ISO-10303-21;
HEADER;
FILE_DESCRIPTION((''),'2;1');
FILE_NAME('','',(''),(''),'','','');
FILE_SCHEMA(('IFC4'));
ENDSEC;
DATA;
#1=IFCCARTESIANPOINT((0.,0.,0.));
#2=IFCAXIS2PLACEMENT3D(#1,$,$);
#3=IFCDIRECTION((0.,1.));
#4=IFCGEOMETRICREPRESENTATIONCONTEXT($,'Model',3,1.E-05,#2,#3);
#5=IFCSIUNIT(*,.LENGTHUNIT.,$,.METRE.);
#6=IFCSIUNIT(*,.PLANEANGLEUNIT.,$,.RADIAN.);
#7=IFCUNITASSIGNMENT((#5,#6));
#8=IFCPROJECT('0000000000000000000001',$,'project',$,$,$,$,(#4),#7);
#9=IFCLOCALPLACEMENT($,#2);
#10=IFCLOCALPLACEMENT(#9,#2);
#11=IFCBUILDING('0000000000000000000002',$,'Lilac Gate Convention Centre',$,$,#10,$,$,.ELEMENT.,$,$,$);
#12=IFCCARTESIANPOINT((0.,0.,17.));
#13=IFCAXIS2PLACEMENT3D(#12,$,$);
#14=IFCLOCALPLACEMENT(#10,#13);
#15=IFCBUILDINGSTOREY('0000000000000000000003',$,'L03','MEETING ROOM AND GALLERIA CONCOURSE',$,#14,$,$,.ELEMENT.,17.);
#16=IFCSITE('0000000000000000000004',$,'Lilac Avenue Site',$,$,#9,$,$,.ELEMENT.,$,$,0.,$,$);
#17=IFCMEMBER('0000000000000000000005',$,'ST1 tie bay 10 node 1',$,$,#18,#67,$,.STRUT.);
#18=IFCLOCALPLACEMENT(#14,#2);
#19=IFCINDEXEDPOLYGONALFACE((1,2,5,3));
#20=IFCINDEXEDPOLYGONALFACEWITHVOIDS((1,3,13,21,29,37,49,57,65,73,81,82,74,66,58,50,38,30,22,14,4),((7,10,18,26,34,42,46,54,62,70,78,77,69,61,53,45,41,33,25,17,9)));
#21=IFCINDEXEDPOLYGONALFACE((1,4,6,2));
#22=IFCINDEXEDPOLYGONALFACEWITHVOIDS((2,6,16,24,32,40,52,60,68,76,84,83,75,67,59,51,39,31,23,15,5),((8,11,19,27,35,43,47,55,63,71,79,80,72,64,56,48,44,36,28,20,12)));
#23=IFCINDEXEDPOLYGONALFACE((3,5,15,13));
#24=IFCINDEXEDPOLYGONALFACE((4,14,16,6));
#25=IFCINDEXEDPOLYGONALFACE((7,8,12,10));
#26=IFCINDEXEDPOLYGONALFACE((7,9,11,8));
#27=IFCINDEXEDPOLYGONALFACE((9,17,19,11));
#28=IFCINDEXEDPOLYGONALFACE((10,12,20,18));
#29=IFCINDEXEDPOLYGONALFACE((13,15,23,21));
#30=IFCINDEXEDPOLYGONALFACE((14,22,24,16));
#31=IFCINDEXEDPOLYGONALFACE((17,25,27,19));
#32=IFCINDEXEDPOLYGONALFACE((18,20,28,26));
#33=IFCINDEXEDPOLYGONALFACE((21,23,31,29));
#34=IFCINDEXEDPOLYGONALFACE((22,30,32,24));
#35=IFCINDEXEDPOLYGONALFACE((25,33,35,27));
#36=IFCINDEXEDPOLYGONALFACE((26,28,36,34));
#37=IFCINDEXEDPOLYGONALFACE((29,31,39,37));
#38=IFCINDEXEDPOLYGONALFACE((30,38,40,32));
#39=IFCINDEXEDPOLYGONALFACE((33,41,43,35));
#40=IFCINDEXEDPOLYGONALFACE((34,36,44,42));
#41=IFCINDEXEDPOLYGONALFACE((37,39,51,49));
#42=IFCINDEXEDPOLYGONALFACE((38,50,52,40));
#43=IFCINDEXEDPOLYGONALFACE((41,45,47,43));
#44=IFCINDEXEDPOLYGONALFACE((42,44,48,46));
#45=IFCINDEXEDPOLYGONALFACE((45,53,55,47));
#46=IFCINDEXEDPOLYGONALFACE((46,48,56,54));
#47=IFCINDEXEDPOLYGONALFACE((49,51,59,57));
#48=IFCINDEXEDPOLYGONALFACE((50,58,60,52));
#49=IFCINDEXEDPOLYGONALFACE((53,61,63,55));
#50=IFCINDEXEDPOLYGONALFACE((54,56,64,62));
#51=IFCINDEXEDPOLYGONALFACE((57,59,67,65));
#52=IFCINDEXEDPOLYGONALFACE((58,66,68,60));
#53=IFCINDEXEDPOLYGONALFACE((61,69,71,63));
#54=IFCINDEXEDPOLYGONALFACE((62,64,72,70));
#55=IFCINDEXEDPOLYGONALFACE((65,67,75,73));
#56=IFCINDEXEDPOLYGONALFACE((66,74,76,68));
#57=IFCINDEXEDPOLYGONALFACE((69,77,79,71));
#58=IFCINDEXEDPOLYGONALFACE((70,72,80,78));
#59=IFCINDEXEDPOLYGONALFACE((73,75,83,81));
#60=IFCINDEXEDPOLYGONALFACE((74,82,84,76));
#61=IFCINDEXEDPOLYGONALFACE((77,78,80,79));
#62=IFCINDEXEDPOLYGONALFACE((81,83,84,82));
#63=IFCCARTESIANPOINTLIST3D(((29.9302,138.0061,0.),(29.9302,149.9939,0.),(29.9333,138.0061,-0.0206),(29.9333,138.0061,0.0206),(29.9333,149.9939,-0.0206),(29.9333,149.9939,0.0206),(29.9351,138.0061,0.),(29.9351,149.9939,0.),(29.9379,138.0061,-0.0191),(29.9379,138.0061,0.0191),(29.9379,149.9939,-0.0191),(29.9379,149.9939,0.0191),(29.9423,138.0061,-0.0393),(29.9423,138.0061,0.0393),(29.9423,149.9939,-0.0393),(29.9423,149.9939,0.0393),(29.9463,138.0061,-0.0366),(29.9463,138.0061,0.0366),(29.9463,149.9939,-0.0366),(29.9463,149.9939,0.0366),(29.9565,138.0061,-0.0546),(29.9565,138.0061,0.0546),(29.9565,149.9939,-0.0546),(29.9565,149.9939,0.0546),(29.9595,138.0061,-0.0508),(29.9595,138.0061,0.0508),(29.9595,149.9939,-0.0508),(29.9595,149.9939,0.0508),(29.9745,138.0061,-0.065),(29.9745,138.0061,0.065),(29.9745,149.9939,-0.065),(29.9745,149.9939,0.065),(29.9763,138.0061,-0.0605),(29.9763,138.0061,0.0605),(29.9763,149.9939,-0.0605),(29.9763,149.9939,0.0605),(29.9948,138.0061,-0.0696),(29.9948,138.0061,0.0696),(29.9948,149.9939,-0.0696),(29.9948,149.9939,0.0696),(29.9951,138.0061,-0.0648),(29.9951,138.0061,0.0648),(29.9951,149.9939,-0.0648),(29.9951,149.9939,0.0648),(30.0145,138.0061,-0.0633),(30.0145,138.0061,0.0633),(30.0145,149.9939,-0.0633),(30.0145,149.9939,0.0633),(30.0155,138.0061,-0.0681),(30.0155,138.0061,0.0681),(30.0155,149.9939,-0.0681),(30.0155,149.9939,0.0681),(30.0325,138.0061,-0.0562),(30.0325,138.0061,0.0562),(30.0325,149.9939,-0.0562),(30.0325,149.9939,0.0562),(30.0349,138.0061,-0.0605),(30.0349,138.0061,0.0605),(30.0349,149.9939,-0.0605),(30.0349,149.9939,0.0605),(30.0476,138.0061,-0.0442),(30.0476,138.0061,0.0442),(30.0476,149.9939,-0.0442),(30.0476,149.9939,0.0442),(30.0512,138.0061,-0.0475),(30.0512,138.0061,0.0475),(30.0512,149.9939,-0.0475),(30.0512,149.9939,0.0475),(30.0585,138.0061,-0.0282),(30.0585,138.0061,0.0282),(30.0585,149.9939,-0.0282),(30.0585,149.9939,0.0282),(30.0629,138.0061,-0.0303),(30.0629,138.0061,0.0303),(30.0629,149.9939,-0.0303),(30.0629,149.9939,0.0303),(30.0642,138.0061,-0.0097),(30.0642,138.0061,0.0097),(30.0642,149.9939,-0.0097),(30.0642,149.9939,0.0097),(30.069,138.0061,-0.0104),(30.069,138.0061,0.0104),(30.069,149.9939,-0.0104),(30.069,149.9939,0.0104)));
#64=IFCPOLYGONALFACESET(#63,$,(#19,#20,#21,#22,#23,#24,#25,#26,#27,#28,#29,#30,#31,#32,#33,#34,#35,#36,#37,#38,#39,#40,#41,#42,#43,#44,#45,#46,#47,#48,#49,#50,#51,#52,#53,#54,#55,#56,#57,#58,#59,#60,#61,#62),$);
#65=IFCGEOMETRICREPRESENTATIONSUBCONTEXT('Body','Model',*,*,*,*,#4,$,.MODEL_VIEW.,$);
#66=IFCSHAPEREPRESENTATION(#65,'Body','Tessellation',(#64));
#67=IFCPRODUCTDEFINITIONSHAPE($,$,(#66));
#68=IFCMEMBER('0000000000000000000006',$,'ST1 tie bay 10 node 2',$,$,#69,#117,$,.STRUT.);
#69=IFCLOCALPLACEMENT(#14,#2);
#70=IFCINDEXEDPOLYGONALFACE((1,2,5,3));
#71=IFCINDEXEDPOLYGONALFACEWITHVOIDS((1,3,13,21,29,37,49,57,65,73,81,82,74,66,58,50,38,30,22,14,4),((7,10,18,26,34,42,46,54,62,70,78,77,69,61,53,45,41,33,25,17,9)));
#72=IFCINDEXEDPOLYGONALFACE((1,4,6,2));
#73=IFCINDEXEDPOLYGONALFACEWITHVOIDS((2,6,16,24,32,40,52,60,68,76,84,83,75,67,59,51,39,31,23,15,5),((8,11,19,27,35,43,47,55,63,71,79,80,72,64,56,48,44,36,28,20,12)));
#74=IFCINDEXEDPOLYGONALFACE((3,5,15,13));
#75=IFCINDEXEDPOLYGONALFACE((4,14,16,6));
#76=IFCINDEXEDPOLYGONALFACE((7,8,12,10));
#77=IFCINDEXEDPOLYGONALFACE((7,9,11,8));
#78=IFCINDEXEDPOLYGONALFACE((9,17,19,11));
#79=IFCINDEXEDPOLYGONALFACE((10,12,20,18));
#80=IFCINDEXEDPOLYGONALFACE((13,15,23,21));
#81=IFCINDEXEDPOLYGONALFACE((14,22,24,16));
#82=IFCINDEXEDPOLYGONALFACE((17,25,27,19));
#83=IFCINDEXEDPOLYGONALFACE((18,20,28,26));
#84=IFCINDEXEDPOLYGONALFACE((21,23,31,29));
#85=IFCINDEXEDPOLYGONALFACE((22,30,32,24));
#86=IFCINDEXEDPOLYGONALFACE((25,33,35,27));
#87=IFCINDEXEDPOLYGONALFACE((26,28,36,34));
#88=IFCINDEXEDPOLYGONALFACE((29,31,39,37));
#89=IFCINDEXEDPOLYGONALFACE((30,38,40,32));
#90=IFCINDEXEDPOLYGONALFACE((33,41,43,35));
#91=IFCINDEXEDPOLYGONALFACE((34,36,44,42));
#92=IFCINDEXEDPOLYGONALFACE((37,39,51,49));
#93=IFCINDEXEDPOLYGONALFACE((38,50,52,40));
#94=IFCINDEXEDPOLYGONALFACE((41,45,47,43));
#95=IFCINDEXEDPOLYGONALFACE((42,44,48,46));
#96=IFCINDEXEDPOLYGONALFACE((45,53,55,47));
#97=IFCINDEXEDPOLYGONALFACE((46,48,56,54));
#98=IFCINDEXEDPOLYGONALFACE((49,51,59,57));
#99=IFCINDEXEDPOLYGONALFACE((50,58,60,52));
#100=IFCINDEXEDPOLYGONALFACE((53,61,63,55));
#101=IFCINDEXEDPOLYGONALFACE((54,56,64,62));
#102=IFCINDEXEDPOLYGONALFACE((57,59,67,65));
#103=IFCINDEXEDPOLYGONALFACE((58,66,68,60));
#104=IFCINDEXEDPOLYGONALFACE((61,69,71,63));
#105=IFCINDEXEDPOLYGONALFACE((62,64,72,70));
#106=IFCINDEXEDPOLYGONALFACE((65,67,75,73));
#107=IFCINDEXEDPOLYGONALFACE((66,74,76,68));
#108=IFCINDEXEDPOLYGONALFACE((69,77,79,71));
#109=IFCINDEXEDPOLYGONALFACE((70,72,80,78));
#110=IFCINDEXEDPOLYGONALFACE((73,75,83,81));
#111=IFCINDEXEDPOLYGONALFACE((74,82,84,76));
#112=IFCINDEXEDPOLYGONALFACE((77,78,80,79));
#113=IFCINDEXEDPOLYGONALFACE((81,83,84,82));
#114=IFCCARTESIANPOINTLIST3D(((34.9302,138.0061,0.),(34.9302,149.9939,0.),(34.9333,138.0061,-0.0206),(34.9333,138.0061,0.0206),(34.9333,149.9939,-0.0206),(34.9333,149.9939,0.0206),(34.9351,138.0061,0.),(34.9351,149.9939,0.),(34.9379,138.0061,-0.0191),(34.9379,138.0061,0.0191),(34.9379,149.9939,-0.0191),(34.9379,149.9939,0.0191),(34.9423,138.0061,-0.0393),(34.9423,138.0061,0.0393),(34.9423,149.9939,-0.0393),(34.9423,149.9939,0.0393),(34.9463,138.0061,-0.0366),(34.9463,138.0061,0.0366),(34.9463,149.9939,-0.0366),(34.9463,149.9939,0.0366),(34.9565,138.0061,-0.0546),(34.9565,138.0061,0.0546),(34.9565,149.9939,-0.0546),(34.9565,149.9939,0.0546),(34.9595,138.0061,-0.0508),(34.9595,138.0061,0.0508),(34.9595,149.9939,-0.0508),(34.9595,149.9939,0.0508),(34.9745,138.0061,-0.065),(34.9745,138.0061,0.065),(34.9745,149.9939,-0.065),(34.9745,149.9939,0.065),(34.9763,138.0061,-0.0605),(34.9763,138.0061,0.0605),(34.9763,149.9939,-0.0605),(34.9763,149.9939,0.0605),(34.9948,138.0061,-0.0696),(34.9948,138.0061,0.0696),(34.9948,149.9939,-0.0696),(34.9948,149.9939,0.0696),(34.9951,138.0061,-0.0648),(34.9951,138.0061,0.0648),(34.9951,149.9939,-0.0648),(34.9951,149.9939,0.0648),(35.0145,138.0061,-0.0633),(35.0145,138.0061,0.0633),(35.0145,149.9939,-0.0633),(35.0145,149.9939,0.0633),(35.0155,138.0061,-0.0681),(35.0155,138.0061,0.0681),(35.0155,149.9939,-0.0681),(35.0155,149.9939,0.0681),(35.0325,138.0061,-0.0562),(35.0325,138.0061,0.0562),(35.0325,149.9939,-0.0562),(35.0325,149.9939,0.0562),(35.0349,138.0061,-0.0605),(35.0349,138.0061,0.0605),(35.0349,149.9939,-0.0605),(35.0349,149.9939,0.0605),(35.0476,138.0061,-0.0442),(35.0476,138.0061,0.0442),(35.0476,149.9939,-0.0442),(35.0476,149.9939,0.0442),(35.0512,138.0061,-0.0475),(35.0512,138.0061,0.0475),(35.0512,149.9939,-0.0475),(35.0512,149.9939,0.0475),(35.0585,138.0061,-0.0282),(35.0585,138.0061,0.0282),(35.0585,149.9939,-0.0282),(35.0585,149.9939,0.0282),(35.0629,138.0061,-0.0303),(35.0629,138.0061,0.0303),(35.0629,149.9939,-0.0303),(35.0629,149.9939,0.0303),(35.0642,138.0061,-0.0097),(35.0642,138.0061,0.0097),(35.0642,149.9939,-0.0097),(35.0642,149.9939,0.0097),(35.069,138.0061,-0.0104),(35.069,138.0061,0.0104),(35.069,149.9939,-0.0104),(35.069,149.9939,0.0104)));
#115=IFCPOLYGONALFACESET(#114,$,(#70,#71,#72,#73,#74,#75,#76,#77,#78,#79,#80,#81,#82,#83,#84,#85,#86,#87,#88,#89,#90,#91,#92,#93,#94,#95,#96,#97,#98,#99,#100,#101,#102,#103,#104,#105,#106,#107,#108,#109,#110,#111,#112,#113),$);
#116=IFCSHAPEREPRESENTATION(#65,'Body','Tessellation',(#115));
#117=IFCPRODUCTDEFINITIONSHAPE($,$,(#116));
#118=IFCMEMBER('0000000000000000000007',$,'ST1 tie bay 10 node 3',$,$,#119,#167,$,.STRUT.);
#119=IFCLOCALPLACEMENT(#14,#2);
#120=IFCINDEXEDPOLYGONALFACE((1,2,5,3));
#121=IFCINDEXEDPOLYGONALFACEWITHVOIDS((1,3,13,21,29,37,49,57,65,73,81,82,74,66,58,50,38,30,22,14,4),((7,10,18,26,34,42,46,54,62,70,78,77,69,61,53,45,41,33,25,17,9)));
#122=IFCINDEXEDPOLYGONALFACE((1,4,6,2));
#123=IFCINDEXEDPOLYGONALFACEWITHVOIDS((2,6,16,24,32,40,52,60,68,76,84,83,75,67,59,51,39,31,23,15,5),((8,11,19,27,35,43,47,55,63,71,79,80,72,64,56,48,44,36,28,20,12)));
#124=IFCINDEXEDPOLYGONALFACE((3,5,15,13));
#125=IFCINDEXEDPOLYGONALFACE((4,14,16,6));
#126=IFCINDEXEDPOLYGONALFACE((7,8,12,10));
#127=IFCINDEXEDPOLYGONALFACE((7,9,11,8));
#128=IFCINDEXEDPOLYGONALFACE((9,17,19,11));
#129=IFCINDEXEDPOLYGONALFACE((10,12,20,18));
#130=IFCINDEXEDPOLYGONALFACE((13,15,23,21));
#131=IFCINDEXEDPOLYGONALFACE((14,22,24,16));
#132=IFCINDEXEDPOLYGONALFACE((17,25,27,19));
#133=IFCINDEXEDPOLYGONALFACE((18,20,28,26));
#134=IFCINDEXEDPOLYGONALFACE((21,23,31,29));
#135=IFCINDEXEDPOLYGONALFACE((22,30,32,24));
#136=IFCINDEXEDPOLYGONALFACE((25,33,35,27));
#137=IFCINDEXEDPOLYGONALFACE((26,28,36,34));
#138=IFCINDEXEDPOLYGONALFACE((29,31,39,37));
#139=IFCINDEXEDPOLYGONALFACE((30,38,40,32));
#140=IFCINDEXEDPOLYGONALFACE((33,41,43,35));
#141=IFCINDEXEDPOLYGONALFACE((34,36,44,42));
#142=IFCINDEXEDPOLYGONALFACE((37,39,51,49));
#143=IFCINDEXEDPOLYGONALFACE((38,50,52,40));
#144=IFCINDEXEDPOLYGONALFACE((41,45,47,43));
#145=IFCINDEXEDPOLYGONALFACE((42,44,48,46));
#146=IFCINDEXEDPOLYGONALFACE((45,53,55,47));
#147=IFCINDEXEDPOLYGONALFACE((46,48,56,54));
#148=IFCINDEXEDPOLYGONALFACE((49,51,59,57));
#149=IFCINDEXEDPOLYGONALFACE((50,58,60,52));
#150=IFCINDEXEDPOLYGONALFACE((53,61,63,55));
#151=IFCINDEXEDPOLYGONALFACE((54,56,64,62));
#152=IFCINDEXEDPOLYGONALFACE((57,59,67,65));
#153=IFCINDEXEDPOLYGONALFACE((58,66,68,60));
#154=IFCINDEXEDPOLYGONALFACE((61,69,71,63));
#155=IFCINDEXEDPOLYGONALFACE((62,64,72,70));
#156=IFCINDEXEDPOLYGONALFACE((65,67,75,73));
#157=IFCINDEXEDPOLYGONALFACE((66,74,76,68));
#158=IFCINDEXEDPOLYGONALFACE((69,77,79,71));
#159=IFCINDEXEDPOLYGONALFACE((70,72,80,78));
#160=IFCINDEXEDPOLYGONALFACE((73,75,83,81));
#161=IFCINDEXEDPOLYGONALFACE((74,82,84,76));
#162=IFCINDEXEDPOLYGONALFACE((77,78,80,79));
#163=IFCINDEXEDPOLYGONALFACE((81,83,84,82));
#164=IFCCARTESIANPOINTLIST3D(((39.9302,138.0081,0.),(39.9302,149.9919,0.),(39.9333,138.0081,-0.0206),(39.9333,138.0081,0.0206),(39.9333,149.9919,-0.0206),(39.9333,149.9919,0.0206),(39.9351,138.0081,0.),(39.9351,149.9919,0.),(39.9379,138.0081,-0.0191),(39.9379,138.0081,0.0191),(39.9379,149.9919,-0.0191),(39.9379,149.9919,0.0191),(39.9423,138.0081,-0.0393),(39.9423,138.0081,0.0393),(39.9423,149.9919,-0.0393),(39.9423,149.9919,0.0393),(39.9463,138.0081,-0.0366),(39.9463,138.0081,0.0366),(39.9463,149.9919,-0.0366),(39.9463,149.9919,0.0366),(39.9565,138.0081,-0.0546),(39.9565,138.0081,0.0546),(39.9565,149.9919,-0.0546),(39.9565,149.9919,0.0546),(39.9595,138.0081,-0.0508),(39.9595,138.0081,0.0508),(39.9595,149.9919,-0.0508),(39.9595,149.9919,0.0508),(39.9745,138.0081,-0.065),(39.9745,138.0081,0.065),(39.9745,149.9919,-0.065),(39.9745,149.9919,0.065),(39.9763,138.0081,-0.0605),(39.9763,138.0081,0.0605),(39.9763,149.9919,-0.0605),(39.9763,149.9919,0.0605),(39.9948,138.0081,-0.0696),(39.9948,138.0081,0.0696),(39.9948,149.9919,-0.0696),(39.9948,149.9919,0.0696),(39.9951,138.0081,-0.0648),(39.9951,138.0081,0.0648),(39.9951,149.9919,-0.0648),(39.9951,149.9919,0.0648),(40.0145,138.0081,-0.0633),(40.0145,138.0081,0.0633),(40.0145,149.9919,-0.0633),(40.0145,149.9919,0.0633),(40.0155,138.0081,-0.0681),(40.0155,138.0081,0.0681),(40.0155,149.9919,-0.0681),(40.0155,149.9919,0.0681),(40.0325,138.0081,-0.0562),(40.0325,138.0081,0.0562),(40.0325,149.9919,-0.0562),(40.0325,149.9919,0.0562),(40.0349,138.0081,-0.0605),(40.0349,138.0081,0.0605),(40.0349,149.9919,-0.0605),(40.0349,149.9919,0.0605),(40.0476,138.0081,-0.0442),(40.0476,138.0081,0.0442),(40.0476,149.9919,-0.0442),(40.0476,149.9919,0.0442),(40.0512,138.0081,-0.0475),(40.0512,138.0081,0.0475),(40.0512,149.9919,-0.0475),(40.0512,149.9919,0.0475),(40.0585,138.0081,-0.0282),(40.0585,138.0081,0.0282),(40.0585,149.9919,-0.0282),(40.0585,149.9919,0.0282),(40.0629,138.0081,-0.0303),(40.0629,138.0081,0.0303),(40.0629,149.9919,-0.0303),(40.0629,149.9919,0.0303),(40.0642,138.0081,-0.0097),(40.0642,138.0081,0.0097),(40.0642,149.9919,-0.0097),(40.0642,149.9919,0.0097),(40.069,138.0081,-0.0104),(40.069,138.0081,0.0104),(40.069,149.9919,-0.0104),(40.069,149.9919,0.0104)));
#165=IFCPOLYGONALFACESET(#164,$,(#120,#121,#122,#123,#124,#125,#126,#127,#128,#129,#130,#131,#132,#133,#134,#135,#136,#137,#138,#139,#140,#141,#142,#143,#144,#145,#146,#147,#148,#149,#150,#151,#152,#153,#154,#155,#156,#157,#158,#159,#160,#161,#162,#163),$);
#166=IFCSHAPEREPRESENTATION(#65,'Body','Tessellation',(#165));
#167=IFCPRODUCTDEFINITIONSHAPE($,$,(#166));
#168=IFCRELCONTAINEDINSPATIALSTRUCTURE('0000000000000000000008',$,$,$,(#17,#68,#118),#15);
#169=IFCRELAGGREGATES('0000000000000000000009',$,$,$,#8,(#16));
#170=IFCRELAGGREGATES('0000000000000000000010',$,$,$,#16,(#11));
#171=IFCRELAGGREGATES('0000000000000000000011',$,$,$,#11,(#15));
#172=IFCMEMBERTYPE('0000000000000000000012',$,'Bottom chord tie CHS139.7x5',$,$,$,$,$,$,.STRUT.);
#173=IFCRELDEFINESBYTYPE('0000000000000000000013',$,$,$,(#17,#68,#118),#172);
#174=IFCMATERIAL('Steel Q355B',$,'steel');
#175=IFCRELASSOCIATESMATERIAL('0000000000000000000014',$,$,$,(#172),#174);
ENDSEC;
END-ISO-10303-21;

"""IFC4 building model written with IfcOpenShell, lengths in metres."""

from ifc_helpers import new_model, si_unit, direction, frame, origin, origin_2d, place, context, subcontext, project, spatial, hollow_circle, extrude, material, material_profile, profile_set, type_object, element, save


model = new_model("IFC4")

# Units and contexts
model_context = context("Model", 3, precision=1e-05, world=origin(), true_north=direction((0.0, 1.0)))
body_context = subcontext(model_context, "Body", "Model", "MODEL_VIEW")
ifc_project = project(units=[si_unit("LENGTHUNIT", "METRE"), si_unit("PLANEANGLEUNIT", "RADIAN")], contexts=[model_context])

# Site, building, storey
site_placement = place(None, origin())
site = spatial("IfcSite", under=ifc_project, at=site_placement, Name="Lilac Avenue Site", CompositionType="ELEMENT", RefElevation=0.0)
building_placement = place(site_placement, origin())
building = spatial("IfcBuilding", under=site, at=building_placement, Name="Lilac Gate Convention Centre", CompositionType="ELEMENT")
storey_placement = place(building_placement, frame((0.0, 0.0, 17.0)))
storey = spatial("IfcBuildingStorey", under=building, at=storey_placement, Name="L03", Description="MEETING ROOM AND GALLERIA CONCOURSE", CompositionType="ELEMENT", Elevation=17.0)

# Members
ifc_material = material(Name="Steel Q355B", Category="steel")
ifc_material_profile_1 = material_profile(ifc_material, hollow_circle(Radius=0.0698, WallThickness=0.0049, at=origin_2d()), Name="CHS139.7x5")
ifc_profile_set_1 = profile_set([ifc_material_profile_1], Name="Steel Q355B")
member_type_1 = type_object("IfcMemberType", Name="Bottom chord tie CHS139.7x5", PredefinedType="STRUT", material=ifc_profile_set_1)
for number, where, z_axis, x_axis, name in (
    (1, (30.0, 138.0061, 0.0), (0.0, 1.0, 0.0), (-1.0, 0.0, 0.0), "ST1 tie bay 10 node 1"),
    (2, (35.0, 138.0061, 0.0), (0.0, 1.0, 0.0), (-1.0, 0.0, 0.0), "ST1 tie bay 10 node 2"),
):
    element("IfcMember", number, at=place(storey_placement, frame(where, z_axis=z_axis, x_axis=x_axis)), inside=storey, type_object=member_type_1, Name=name, PredefinedType="STRUT", context=body_context, shape_type="SweptSolid", body=[
        extrude(hollow_circle(Radius=0.0698, WallThickness=0.0049, at=origin_2d()), origin(), (0.0, 0.0, 1.0), 11.9878),
    ])
member_1_placement = place(storey_placement, frame((40.0, 138.0081, 0.0), z_axis=(0.0, 1.0, 0.0), x_axis=(-1.0, 0.0, 0.0)))
element("IfcMember", 3, at=member_1_placement, inside=storey, type_object=member_type_1, Name="ST1 tie bay 10 node 3", PredefinedType="STRUT", context=body_context, shape_type="SweptSolid", body=[
    extrude(hollow_circle(Radius=0.0698, WallThickness=0.0049, at=origin_2d()), origin(), (0.0, 0.0, 1.0), 11.9839),
])

save(model, "model.ifc")
